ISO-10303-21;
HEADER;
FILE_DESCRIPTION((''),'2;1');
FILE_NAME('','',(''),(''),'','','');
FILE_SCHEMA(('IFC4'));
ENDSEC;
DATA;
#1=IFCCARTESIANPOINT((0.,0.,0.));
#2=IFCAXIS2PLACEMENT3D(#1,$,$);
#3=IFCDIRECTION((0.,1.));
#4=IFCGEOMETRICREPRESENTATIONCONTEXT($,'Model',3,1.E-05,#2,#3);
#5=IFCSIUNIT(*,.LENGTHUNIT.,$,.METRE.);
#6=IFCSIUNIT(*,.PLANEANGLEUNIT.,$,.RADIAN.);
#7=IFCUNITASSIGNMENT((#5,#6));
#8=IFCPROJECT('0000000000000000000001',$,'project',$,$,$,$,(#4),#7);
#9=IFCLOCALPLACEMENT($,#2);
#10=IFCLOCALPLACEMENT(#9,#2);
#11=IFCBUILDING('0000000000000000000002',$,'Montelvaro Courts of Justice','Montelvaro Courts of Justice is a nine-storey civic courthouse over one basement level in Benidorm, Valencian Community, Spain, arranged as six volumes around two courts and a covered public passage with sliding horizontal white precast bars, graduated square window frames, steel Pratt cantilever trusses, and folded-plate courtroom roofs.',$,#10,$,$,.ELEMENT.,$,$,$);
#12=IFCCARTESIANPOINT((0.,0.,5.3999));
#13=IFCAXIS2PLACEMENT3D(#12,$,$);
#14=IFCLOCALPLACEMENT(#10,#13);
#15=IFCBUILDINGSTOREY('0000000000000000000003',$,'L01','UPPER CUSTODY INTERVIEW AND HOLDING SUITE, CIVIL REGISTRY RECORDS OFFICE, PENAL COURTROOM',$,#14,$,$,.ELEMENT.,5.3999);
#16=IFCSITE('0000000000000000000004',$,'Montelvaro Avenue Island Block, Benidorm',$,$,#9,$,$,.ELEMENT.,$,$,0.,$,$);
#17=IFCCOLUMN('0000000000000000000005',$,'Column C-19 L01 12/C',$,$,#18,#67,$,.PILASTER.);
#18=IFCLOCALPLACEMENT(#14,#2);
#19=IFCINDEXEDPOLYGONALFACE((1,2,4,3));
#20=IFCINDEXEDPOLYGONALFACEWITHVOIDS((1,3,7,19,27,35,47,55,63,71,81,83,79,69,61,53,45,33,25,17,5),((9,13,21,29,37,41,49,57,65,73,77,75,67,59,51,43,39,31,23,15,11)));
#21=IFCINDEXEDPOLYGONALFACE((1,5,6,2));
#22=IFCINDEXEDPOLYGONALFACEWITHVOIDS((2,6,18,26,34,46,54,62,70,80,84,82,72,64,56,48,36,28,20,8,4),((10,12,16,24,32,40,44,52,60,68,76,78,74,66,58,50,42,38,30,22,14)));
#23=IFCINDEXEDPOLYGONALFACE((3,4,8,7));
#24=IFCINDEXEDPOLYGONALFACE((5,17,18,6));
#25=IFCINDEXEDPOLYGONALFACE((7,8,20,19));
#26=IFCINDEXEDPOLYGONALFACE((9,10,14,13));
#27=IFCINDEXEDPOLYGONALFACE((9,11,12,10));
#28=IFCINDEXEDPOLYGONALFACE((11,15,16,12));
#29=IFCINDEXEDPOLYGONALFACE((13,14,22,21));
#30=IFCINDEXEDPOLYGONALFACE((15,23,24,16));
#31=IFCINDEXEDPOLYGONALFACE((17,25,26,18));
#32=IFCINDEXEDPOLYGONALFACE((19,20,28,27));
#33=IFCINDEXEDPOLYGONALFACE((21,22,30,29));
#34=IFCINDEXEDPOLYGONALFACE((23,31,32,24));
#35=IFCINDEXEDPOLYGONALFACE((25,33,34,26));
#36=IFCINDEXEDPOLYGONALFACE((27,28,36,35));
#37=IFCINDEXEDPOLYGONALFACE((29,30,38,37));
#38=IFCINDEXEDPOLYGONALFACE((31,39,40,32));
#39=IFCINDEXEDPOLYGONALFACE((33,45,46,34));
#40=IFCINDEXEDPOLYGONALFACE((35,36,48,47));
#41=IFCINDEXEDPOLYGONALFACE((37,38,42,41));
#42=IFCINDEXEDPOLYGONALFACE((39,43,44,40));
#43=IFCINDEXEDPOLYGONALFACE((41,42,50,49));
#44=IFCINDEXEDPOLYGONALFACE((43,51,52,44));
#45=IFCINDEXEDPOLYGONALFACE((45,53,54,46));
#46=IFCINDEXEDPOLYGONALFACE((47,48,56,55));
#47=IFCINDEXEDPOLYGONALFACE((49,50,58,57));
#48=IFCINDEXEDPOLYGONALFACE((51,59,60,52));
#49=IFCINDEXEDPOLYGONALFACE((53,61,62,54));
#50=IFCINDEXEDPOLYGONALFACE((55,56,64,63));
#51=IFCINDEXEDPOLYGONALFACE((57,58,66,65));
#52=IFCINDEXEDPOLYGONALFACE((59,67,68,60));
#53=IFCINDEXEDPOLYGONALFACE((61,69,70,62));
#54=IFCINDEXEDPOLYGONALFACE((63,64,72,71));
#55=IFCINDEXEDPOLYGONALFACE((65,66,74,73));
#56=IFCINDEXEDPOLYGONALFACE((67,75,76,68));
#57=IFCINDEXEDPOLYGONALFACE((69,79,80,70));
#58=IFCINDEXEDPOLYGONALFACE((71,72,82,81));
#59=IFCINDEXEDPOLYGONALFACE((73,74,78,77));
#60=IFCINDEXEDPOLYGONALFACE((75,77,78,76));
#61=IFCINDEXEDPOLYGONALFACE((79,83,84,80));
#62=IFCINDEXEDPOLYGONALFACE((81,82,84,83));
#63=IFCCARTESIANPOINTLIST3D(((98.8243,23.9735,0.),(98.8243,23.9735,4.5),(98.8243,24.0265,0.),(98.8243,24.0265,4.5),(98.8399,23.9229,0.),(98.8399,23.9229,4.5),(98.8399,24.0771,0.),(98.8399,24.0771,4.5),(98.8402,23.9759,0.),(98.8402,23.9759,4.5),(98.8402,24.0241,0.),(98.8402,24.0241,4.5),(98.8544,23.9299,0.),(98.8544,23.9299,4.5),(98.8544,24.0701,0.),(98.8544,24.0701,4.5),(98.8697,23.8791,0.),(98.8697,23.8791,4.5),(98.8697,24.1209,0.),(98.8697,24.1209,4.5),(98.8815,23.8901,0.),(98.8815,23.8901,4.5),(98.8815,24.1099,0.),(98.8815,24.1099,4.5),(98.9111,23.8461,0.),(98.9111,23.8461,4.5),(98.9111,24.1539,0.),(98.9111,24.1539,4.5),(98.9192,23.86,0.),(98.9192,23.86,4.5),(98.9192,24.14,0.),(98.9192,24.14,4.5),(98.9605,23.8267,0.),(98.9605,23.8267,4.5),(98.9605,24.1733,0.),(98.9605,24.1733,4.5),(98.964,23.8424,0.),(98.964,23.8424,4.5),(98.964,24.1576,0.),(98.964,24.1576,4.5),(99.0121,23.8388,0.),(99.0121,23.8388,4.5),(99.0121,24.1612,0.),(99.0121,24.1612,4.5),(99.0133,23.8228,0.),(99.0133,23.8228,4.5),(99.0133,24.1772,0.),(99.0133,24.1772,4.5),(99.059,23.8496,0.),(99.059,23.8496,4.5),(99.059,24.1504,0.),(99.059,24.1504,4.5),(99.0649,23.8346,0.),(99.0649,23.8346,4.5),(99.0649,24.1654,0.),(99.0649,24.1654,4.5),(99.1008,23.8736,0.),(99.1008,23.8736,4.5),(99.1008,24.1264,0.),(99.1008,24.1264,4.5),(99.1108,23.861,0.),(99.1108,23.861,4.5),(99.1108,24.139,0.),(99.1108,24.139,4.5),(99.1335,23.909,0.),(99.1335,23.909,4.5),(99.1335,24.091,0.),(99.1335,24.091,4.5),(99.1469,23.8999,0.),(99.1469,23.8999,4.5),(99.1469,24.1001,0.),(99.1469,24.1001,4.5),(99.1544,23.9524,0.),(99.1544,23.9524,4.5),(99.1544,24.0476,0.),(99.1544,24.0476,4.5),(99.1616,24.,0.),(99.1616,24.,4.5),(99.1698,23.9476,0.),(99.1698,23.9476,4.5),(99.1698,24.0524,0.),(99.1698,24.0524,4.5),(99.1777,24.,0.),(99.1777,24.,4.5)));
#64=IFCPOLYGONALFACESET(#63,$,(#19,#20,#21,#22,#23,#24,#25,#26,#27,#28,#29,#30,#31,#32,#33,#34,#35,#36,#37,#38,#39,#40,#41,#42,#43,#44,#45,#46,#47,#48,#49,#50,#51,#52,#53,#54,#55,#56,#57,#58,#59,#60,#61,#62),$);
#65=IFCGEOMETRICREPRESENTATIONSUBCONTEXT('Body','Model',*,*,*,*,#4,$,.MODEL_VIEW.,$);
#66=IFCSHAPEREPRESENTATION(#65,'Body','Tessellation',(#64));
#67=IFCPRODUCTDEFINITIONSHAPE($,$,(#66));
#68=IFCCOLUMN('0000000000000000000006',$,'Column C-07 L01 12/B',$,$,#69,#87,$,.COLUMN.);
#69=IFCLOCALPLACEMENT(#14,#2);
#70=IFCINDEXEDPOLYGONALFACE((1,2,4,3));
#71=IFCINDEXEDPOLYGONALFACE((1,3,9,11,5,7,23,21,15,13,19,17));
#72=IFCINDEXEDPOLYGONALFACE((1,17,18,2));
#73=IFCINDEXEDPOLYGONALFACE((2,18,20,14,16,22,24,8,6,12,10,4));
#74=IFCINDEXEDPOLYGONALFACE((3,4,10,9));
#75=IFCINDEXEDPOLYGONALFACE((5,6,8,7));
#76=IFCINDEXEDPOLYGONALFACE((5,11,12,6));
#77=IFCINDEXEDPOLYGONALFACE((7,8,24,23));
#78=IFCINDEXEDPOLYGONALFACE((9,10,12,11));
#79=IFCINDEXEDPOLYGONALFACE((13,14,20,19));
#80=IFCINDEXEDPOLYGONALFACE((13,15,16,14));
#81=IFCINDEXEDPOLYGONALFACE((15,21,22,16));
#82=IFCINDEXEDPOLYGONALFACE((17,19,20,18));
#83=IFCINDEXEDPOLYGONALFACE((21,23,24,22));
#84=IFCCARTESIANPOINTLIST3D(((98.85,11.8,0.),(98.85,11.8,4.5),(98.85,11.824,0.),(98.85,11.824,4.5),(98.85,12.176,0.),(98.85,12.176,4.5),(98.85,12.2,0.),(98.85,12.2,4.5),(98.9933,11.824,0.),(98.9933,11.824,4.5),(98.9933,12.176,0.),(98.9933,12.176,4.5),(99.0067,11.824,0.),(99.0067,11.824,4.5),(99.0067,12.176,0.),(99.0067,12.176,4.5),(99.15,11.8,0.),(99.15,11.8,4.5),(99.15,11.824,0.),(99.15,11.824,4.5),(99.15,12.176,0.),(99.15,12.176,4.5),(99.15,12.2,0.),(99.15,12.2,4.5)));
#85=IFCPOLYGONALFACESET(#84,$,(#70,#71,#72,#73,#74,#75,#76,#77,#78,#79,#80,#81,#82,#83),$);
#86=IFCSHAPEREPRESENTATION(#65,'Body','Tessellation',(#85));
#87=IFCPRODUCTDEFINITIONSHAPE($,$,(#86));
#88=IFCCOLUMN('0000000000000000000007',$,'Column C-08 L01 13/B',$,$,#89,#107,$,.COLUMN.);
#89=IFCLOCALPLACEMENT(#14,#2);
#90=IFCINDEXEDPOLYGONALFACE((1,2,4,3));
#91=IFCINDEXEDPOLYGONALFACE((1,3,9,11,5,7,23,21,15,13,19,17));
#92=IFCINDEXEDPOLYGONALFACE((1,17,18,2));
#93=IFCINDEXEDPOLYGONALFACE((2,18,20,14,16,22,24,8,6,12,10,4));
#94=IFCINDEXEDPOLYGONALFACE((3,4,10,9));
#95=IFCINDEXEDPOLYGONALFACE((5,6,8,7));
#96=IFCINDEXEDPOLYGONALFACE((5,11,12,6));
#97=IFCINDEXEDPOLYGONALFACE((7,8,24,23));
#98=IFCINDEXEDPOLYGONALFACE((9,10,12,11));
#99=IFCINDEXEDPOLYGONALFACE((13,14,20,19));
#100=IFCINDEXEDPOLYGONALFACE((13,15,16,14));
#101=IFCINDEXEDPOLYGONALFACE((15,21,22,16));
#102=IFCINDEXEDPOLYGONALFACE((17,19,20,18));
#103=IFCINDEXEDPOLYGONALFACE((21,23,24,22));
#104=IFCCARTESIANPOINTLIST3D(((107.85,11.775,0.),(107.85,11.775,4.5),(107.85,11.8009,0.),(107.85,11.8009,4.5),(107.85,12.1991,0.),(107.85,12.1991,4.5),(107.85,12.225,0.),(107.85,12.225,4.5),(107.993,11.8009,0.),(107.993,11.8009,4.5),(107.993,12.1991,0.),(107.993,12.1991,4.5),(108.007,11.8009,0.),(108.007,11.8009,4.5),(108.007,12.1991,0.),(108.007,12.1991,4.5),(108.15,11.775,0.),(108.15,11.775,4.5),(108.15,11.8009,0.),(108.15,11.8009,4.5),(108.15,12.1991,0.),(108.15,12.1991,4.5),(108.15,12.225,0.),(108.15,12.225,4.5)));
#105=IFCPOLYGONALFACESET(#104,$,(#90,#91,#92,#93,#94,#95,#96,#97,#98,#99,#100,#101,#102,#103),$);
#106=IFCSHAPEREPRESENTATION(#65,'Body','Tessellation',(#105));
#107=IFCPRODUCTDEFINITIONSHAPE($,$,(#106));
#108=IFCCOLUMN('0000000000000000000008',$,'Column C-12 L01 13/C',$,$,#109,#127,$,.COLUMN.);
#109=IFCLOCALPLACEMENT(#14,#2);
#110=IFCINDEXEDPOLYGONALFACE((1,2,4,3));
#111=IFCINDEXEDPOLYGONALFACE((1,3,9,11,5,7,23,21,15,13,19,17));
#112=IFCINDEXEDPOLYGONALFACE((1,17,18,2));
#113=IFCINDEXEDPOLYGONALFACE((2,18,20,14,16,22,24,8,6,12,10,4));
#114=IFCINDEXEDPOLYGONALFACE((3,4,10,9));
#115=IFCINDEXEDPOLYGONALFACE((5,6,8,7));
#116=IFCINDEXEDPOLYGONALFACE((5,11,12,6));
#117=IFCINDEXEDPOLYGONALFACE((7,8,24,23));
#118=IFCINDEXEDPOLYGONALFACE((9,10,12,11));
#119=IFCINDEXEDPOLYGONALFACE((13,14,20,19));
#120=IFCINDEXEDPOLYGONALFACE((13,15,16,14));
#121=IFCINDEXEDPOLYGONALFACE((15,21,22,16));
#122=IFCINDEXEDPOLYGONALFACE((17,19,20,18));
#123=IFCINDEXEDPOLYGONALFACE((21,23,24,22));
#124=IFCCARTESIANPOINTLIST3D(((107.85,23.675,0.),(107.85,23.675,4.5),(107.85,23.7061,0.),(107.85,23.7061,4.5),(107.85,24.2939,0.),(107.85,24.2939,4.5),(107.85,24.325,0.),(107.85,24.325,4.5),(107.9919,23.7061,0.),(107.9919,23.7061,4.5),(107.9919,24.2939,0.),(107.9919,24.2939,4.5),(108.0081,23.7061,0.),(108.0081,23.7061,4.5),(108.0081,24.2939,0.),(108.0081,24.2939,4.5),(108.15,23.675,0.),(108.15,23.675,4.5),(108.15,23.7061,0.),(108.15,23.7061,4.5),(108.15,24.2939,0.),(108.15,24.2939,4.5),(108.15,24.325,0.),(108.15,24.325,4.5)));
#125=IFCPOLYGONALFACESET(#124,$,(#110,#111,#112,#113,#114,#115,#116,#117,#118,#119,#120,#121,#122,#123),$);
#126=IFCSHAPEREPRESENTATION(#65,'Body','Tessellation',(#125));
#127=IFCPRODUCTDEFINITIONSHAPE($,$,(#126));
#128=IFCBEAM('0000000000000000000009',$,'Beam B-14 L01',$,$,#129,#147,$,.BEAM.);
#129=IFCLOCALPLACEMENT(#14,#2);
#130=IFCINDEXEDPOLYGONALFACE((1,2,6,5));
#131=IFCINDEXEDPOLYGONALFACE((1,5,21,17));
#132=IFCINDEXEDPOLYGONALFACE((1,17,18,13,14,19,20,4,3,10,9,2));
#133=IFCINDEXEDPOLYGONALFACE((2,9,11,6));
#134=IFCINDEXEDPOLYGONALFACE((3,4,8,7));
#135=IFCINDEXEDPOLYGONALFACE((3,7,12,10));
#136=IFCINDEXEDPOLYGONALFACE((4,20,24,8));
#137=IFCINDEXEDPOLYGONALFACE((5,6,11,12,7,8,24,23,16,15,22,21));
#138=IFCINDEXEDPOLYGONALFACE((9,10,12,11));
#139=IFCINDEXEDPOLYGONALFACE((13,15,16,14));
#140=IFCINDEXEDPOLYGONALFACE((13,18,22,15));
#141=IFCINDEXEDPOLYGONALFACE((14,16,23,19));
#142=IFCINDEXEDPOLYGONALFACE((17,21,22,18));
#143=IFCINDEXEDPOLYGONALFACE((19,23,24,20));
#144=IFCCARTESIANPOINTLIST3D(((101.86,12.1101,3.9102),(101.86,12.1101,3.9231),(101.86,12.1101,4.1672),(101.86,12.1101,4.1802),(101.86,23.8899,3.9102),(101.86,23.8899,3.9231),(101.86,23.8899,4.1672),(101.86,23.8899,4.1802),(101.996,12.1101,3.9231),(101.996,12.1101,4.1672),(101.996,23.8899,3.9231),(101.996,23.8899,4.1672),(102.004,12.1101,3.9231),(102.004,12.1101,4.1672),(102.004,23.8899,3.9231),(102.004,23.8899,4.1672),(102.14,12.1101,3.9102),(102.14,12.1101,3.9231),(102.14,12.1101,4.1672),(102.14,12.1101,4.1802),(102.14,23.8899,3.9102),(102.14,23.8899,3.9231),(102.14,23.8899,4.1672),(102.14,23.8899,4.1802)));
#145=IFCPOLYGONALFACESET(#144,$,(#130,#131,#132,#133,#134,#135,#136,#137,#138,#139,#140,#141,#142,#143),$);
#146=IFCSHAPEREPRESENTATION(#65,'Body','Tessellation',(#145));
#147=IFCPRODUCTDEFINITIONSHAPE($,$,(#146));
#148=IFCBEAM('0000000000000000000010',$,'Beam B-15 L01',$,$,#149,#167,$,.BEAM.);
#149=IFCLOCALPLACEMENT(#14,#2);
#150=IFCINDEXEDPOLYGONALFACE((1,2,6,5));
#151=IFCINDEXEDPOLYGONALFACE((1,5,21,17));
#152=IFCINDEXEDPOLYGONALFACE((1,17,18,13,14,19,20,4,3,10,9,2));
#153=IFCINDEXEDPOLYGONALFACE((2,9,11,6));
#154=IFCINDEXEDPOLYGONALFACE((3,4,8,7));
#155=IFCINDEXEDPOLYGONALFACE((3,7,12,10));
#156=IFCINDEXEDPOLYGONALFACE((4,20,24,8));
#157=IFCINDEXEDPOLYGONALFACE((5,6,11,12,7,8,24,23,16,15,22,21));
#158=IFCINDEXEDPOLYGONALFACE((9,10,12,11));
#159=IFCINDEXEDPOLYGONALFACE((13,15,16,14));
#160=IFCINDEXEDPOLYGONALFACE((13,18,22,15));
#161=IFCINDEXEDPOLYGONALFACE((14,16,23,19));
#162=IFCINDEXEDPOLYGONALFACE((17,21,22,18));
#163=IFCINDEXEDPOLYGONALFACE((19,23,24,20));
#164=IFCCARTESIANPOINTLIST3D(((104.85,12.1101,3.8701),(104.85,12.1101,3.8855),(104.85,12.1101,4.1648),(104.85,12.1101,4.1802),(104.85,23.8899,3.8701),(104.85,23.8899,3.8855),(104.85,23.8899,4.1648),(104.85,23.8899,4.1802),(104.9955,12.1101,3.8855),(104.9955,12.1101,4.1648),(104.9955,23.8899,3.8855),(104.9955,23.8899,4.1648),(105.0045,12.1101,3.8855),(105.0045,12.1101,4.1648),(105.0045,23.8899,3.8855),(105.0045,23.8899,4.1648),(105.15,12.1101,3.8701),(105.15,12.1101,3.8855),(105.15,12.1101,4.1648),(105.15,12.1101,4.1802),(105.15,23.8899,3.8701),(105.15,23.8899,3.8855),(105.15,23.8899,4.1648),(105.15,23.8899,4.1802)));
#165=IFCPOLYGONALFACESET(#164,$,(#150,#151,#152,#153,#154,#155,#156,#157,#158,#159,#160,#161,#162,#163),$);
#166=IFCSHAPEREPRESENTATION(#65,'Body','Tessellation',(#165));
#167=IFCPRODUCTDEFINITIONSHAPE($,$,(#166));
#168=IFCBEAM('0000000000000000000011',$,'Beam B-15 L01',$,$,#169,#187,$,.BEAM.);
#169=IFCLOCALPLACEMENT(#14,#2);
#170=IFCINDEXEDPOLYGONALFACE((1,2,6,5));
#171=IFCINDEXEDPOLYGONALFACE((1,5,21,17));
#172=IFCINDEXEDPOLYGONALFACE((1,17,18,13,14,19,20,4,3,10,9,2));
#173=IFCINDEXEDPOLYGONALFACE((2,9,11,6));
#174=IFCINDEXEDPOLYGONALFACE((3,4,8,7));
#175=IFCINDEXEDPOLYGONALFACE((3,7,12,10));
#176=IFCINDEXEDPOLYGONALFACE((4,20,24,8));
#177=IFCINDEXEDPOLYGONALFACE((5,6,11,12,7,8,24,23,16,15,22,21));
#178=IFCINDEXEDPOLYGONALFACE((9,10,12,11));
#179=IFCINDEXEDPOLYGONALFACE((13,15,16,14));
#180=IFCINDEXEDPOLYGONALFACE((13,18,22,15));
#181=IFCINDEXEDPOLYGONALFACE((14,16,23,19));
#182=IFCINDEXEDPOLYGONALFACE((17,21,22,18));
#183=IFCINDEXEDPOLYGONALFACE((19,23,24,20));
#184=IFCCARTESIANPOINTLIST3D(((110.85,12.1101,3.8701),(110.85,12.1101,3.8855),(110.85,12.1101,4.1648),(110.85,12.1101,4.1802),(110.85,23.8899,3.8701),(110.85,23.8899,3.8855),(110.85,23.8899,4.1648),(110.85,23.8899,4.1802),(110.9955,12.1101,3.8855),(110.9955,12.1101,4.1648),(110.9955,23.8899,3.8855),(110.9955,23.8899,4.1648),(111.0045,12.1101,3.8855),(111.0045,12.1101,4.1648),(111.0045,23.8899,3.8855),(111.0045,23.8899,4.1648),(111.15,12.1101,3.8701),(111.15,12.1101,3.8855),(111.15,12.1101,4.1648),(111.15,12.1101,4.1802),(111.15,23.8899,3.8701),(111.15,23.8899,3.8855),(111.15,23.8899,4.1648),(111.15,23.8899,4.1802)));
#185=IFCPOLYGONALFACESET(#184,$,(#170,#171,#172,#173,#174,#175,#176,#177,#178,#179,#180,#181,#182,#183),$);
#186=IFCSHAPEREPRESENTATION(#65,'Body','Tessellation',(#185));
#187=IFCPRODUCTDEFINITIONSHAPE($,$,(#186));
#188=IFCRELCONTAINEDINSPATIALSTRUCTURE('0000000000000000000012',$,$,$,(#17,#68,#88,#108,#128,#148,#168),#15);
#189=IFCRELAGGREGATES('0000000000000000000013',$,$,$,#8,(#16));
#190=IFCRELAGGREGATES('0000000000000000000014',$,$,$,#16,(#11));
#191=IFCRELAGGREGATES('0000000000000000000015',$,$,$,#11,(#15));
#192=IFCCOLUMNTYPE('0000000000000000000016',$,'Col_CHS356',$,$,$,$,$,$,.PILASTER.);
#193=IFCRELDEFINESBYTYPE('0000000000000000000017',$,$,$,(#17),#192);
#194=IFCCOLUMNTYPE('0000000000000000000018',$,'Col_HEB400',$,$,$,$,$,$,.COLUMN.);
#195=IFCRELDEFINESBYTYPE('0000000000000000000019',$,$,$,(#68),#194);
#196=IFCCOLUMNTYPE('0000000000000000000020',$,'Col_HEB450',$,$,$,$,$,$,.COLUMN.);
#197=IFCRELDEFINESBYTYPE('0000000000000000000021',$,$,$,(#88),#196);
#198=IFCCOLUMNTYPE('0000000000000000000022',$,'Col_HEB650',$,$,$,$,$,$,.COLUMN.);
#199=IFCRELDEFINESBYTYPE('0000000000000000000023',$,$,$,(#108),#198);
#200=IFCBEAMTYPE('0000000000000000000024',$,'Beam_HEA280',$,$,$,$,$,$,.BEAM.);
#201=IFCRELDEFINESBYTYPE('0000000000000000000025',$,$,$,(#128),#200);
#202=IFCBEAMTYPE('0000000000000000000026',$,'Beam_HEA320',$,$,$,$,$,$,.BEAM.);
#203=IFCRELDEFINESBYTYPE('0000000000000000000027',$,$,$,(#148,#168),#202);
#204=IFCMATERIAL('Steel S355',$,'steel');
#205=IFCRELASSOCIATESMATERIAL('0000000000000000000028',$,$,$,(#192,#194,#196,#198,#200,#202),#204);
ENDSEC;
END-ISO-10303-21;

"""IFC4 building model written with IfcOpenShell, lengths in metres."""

from ifc_helpers import new_model, si_unit, direction, frame, origin, origin_2d, place, context, subcontext, project, spatial, hollow_circle, i_section, extrude, material, material_profile, profile_set, type_object, element, save


model = new_model("IFC4")

# Units and contexts
model_context = context("Model", 3, precision=1e-05, world=origin(), true_north=direction((0.0, 1.0)))
body_context = subcontext(model_context, "Body", "Model", "MODEL_VIEW")
ifc_project = project(units=[si_unit("LENGTHUNIT", "METRE"), si_unit("PLANEANGLEUNIT", "RADIAN")], contexts=[model_context])

# Site, building, storey
site_placement = place(None, origin())
site = spatial("IfcSite", under=ifc_project, at=site_placement, Name="Montelvaro Avenue Island Block, Benidorm", CompositionType="ELEMENT", RefElevation=0.0)
building_placement = place(site_placement, origin())
building = spatial("IfcBuilding", under=site, at=building_placement, Name="Montelvaro Courts of Justice", Description="Montelvaro Courts of Justice is a nine-storey civic courthouse over one basement level in Benidorm, Valencian Community, Spain, arranged as six volumes around two courts and a covered public passage with sliding horizontal white precast bars, graduated square window frames, steel Pratt cantilever trusses, and folded-plate courtroom roofs.", CompositionType="ELEMENT")
storey_placement = place(building_placement, frame((0.0, 0.0, 5.3999)))
storey = spatial("IfcBuildingStorey", under=building, at=storey_placement, Name="L01", Description="UPPER CUSTODY INTERVIEW AND HOLDING SUITE, CIVIL REGISTRY RECORDS OFFICE, PENAL COURTROOM", CompositionType="ELEMENT", Elevation=5.3999)

# Columns
ifc_material_1 = material(Name="Steel S355", Category="steel")
ifc_material_profile_1 = material_profile(ifc_material_1, hollow_circle(Radius=0.1777, WallThickness=0.0161, at=origin_2d()), Name="CHS 355.6x16")
ifc_profile_set_1 = profile_set([ifc_material_profile_1], Name="Steel S355")
column_type_1 = type_object("IfcColumnType", Name="Col_CHS356", PredefinedType="PILASTER", material=ifc_profile_set_1)
column_1_placement = place(storey_placement, frame((99.0, 24.0, 0.0), z_axis=(0.0, 0.0, 1.0), x_axis=(1.0, 0.0, 0.0)))
element("IfcColumn", 1, at=column_1_placement, inside=storey, type_object=column_type_1, Name="Column C-19 L01 12/C", PredefinedType="PILASTER", context=body_context, shape_type="SweptSolid", body=[
    extrude(hollow_circle(Radius=0.1777, WallThickness=0.0161, at=origin_2d()), origin(), (0.0, 0.0, 1.0), 4.5),
])
ifc_material_profile_2 = material_profile(ifc_material_1, i_section(OverallWidth=0.3, OverallDepth=0.3999, WebThickness=0.0134, FlangeThickness=0.0239, at=origin_2d()), Name="HEB 400")
ifc_profile_set_2 = profile_set([ifc_material_profile_2], Name="Steel S355")
column_type_2 = type_object("IfcColumnType", Name="Col_HEB400", PredefinedType="COLUMN", material=ifc_profile_set_2)
column_2_placement = place(storey_placement, frame((99.0, 12.0, 0.0), z_axis=(0.0, 0.0, 1.0), x_axis=(1.0, 0.0, 0.0)))
element("IfcColumn", 2, at=column_2_placement, inside=storey, type_object=column_type_2, Name="Column C-07 L01 12/B", PredefinedType="COLUMN", context=body_context, shape_type="SweptSolid", body=[
    extrude(i_section(OverallWidth=0.3, OverallDepth=0.3999, WebThickness=0.0134, FlangeThickness=0.0239, at=origin_2d()), origin(), (0.0, 0.0, 1.0), 4.5),
])
ifc_material_profile_3 = material_profile(ifc_material_1, i_section(OverallWidth=0.3, OverallDepth=0.45, WebThickness=0.0139, FlangeThickness=0.0259, at=origin_2d()), Name="HEB 450")
ifc_profile_set_3 = profile_set([ifc_material_profile_3], Name="Steel S355")
column_type_3 = type_object("IfcColumnType", Name="Col_HEB450", PredefinedType="COLUMN", material=ifc_profile_set_3)
column_3_placement = place(storey_placement, frame((108.0, 12.0, 0.0), z_axis=(0.0, 0.0, 1.0), x_axis=(1.0, 0.0, 0.0)))
element("IfcColumn", 3, at=column_3_placement, inside=storey, type_object=column_type_3, Name="Column C-08 L01 13/B", PredefinedType="COLUMN", context=body_context, shape_type="SweptSolid", body=[
    extrude(i_section(OverallWidth=0.3, OverallDepth=0.45, WebThickness=0.0139, FlangeThickness=0.0259, at=origin_2d()), origin(), (0.0, 0.0, 1.0), 4.5),
])
ifc_material_profile_4 = material_profile(ifc_material_1, i_section(OverallWidth=0.3, OverallDepth=0.6499, WebThickness=0.0161, FlangeThickness=0.031, at=origin_2d()), Name="HEB 650")
ifc_profile_set_4 = profile_set([ifc_material_profile_4], Name="Steel S355")
column_type_4 = type_object("IfcColumnType", Name="Col_HEB650", PredefinedType="COLUMN", material=ifc_profile_set_4)
column_4_placement = place(storey_placement, frame((108.0, 24.0, 0.0), z_axis=(0.0, 0.0, 1.0), x_axis=(1.0, 0.0, 0.0)))
element("IfcColumn", 4, at=column_4_placement, inside=storey, type_object=column_type_4, Name="Column C-12 L01 13/C", PredefinedType="COLUMN", context=body_context, shape_type="SweptSolid", body=[
    extrude(i_section(OverallWidth=0.3, OverallDepth=0.6499, WebThickness=0.0161, FlangeThickness=0.031, at=origin_2d()), origin(), (0.0, 0.0, 1.0), 4.5),
])

# Beams
ifc_material_profile_5 = material_profile(ifc_material_1, i_section(OverallWidth=0.28, OverallDepth=0.27, WebThickness=0.0081, FlangeThickness=0.0129, at=origin_2d()), Name="HEA 280")
ifc_profile_set_5 = profile_set([ifc_material_profile_5], Name="Steel S355")
beam_type_1 = type_object("IfcBeamType", Name="Beam_HEA280", PredefinedType="BEAM", material=ifc_profile_set_5)
beam_1_placement = place(storey_placement, frame((102.0, 12.1101, 4.0452), z_axis=(0.0, 1.0, 0.0), x_axis=(-1.0, 0.0, 0.0)))
element("IfcBeam", 5, at=beam_1_placement, inside=storey, type_object=beam_type_1, Name="Beam B-14 L01", PredefinedType="BEAM", context=body_context, shape_type="SweptSolid", body=[
    extrude(i_section(OverallWidth=0.28, OverallDepth=0.27, WebThickness=0.0081, FlangeThickness=0.0129, at=origin_2d()), origin(), (0.0, 0.0, 1.0), 11.7798),
])
ifc_material_profile_6 = material_profile(ifc_material_1, i_section(OverallWidth=0.3, OverallDepth=0.3101, WebThickness=0.009, FlangeThickness=0.0154, at=origin_2d()), Name="HEA 320")
ifc_profile_set_6 = profile_set([ifc_material_profile_6], Name="Steel S355")
beam_type_2 = type_object("IfcBeamType", Name="Beam_HEA320", PredefinedType="BEAM", material=ifc_profile_set_6)
for number, where, z_axis, x_axis, name in (
    (6, (105.0, 12.1101, 4.0251), (0.0, 1.0, 0.0), (-1.0, 0.0, 0.0), "Beam B-15 L01"),
    (7, (111.0, 12.1101, 4.0251), (0.0, 1.0, 0.0), (-1.0, 0.0, 0.0), "Beam B-15 L01"),
):
    element("IfcBeam", number, at=place(storey_placement, frame(where, z_axis=z_axis, x_axis=x_axis)), inside=storey, type_object=beam_type_2, Name=name, PredefinedType="BEAM", context=body_context, shape_type="SweptSolid", body=[
        extrude(i_section(OverallWidth=0.3, OverallDepth=0.3101, WebThickness=0.009, FlangeThickness=0.0154, at=origin_2d()), origin(), (0.0, 0.0, 1.0), 11.7798),
    ])

save(model, "model.ifc")
